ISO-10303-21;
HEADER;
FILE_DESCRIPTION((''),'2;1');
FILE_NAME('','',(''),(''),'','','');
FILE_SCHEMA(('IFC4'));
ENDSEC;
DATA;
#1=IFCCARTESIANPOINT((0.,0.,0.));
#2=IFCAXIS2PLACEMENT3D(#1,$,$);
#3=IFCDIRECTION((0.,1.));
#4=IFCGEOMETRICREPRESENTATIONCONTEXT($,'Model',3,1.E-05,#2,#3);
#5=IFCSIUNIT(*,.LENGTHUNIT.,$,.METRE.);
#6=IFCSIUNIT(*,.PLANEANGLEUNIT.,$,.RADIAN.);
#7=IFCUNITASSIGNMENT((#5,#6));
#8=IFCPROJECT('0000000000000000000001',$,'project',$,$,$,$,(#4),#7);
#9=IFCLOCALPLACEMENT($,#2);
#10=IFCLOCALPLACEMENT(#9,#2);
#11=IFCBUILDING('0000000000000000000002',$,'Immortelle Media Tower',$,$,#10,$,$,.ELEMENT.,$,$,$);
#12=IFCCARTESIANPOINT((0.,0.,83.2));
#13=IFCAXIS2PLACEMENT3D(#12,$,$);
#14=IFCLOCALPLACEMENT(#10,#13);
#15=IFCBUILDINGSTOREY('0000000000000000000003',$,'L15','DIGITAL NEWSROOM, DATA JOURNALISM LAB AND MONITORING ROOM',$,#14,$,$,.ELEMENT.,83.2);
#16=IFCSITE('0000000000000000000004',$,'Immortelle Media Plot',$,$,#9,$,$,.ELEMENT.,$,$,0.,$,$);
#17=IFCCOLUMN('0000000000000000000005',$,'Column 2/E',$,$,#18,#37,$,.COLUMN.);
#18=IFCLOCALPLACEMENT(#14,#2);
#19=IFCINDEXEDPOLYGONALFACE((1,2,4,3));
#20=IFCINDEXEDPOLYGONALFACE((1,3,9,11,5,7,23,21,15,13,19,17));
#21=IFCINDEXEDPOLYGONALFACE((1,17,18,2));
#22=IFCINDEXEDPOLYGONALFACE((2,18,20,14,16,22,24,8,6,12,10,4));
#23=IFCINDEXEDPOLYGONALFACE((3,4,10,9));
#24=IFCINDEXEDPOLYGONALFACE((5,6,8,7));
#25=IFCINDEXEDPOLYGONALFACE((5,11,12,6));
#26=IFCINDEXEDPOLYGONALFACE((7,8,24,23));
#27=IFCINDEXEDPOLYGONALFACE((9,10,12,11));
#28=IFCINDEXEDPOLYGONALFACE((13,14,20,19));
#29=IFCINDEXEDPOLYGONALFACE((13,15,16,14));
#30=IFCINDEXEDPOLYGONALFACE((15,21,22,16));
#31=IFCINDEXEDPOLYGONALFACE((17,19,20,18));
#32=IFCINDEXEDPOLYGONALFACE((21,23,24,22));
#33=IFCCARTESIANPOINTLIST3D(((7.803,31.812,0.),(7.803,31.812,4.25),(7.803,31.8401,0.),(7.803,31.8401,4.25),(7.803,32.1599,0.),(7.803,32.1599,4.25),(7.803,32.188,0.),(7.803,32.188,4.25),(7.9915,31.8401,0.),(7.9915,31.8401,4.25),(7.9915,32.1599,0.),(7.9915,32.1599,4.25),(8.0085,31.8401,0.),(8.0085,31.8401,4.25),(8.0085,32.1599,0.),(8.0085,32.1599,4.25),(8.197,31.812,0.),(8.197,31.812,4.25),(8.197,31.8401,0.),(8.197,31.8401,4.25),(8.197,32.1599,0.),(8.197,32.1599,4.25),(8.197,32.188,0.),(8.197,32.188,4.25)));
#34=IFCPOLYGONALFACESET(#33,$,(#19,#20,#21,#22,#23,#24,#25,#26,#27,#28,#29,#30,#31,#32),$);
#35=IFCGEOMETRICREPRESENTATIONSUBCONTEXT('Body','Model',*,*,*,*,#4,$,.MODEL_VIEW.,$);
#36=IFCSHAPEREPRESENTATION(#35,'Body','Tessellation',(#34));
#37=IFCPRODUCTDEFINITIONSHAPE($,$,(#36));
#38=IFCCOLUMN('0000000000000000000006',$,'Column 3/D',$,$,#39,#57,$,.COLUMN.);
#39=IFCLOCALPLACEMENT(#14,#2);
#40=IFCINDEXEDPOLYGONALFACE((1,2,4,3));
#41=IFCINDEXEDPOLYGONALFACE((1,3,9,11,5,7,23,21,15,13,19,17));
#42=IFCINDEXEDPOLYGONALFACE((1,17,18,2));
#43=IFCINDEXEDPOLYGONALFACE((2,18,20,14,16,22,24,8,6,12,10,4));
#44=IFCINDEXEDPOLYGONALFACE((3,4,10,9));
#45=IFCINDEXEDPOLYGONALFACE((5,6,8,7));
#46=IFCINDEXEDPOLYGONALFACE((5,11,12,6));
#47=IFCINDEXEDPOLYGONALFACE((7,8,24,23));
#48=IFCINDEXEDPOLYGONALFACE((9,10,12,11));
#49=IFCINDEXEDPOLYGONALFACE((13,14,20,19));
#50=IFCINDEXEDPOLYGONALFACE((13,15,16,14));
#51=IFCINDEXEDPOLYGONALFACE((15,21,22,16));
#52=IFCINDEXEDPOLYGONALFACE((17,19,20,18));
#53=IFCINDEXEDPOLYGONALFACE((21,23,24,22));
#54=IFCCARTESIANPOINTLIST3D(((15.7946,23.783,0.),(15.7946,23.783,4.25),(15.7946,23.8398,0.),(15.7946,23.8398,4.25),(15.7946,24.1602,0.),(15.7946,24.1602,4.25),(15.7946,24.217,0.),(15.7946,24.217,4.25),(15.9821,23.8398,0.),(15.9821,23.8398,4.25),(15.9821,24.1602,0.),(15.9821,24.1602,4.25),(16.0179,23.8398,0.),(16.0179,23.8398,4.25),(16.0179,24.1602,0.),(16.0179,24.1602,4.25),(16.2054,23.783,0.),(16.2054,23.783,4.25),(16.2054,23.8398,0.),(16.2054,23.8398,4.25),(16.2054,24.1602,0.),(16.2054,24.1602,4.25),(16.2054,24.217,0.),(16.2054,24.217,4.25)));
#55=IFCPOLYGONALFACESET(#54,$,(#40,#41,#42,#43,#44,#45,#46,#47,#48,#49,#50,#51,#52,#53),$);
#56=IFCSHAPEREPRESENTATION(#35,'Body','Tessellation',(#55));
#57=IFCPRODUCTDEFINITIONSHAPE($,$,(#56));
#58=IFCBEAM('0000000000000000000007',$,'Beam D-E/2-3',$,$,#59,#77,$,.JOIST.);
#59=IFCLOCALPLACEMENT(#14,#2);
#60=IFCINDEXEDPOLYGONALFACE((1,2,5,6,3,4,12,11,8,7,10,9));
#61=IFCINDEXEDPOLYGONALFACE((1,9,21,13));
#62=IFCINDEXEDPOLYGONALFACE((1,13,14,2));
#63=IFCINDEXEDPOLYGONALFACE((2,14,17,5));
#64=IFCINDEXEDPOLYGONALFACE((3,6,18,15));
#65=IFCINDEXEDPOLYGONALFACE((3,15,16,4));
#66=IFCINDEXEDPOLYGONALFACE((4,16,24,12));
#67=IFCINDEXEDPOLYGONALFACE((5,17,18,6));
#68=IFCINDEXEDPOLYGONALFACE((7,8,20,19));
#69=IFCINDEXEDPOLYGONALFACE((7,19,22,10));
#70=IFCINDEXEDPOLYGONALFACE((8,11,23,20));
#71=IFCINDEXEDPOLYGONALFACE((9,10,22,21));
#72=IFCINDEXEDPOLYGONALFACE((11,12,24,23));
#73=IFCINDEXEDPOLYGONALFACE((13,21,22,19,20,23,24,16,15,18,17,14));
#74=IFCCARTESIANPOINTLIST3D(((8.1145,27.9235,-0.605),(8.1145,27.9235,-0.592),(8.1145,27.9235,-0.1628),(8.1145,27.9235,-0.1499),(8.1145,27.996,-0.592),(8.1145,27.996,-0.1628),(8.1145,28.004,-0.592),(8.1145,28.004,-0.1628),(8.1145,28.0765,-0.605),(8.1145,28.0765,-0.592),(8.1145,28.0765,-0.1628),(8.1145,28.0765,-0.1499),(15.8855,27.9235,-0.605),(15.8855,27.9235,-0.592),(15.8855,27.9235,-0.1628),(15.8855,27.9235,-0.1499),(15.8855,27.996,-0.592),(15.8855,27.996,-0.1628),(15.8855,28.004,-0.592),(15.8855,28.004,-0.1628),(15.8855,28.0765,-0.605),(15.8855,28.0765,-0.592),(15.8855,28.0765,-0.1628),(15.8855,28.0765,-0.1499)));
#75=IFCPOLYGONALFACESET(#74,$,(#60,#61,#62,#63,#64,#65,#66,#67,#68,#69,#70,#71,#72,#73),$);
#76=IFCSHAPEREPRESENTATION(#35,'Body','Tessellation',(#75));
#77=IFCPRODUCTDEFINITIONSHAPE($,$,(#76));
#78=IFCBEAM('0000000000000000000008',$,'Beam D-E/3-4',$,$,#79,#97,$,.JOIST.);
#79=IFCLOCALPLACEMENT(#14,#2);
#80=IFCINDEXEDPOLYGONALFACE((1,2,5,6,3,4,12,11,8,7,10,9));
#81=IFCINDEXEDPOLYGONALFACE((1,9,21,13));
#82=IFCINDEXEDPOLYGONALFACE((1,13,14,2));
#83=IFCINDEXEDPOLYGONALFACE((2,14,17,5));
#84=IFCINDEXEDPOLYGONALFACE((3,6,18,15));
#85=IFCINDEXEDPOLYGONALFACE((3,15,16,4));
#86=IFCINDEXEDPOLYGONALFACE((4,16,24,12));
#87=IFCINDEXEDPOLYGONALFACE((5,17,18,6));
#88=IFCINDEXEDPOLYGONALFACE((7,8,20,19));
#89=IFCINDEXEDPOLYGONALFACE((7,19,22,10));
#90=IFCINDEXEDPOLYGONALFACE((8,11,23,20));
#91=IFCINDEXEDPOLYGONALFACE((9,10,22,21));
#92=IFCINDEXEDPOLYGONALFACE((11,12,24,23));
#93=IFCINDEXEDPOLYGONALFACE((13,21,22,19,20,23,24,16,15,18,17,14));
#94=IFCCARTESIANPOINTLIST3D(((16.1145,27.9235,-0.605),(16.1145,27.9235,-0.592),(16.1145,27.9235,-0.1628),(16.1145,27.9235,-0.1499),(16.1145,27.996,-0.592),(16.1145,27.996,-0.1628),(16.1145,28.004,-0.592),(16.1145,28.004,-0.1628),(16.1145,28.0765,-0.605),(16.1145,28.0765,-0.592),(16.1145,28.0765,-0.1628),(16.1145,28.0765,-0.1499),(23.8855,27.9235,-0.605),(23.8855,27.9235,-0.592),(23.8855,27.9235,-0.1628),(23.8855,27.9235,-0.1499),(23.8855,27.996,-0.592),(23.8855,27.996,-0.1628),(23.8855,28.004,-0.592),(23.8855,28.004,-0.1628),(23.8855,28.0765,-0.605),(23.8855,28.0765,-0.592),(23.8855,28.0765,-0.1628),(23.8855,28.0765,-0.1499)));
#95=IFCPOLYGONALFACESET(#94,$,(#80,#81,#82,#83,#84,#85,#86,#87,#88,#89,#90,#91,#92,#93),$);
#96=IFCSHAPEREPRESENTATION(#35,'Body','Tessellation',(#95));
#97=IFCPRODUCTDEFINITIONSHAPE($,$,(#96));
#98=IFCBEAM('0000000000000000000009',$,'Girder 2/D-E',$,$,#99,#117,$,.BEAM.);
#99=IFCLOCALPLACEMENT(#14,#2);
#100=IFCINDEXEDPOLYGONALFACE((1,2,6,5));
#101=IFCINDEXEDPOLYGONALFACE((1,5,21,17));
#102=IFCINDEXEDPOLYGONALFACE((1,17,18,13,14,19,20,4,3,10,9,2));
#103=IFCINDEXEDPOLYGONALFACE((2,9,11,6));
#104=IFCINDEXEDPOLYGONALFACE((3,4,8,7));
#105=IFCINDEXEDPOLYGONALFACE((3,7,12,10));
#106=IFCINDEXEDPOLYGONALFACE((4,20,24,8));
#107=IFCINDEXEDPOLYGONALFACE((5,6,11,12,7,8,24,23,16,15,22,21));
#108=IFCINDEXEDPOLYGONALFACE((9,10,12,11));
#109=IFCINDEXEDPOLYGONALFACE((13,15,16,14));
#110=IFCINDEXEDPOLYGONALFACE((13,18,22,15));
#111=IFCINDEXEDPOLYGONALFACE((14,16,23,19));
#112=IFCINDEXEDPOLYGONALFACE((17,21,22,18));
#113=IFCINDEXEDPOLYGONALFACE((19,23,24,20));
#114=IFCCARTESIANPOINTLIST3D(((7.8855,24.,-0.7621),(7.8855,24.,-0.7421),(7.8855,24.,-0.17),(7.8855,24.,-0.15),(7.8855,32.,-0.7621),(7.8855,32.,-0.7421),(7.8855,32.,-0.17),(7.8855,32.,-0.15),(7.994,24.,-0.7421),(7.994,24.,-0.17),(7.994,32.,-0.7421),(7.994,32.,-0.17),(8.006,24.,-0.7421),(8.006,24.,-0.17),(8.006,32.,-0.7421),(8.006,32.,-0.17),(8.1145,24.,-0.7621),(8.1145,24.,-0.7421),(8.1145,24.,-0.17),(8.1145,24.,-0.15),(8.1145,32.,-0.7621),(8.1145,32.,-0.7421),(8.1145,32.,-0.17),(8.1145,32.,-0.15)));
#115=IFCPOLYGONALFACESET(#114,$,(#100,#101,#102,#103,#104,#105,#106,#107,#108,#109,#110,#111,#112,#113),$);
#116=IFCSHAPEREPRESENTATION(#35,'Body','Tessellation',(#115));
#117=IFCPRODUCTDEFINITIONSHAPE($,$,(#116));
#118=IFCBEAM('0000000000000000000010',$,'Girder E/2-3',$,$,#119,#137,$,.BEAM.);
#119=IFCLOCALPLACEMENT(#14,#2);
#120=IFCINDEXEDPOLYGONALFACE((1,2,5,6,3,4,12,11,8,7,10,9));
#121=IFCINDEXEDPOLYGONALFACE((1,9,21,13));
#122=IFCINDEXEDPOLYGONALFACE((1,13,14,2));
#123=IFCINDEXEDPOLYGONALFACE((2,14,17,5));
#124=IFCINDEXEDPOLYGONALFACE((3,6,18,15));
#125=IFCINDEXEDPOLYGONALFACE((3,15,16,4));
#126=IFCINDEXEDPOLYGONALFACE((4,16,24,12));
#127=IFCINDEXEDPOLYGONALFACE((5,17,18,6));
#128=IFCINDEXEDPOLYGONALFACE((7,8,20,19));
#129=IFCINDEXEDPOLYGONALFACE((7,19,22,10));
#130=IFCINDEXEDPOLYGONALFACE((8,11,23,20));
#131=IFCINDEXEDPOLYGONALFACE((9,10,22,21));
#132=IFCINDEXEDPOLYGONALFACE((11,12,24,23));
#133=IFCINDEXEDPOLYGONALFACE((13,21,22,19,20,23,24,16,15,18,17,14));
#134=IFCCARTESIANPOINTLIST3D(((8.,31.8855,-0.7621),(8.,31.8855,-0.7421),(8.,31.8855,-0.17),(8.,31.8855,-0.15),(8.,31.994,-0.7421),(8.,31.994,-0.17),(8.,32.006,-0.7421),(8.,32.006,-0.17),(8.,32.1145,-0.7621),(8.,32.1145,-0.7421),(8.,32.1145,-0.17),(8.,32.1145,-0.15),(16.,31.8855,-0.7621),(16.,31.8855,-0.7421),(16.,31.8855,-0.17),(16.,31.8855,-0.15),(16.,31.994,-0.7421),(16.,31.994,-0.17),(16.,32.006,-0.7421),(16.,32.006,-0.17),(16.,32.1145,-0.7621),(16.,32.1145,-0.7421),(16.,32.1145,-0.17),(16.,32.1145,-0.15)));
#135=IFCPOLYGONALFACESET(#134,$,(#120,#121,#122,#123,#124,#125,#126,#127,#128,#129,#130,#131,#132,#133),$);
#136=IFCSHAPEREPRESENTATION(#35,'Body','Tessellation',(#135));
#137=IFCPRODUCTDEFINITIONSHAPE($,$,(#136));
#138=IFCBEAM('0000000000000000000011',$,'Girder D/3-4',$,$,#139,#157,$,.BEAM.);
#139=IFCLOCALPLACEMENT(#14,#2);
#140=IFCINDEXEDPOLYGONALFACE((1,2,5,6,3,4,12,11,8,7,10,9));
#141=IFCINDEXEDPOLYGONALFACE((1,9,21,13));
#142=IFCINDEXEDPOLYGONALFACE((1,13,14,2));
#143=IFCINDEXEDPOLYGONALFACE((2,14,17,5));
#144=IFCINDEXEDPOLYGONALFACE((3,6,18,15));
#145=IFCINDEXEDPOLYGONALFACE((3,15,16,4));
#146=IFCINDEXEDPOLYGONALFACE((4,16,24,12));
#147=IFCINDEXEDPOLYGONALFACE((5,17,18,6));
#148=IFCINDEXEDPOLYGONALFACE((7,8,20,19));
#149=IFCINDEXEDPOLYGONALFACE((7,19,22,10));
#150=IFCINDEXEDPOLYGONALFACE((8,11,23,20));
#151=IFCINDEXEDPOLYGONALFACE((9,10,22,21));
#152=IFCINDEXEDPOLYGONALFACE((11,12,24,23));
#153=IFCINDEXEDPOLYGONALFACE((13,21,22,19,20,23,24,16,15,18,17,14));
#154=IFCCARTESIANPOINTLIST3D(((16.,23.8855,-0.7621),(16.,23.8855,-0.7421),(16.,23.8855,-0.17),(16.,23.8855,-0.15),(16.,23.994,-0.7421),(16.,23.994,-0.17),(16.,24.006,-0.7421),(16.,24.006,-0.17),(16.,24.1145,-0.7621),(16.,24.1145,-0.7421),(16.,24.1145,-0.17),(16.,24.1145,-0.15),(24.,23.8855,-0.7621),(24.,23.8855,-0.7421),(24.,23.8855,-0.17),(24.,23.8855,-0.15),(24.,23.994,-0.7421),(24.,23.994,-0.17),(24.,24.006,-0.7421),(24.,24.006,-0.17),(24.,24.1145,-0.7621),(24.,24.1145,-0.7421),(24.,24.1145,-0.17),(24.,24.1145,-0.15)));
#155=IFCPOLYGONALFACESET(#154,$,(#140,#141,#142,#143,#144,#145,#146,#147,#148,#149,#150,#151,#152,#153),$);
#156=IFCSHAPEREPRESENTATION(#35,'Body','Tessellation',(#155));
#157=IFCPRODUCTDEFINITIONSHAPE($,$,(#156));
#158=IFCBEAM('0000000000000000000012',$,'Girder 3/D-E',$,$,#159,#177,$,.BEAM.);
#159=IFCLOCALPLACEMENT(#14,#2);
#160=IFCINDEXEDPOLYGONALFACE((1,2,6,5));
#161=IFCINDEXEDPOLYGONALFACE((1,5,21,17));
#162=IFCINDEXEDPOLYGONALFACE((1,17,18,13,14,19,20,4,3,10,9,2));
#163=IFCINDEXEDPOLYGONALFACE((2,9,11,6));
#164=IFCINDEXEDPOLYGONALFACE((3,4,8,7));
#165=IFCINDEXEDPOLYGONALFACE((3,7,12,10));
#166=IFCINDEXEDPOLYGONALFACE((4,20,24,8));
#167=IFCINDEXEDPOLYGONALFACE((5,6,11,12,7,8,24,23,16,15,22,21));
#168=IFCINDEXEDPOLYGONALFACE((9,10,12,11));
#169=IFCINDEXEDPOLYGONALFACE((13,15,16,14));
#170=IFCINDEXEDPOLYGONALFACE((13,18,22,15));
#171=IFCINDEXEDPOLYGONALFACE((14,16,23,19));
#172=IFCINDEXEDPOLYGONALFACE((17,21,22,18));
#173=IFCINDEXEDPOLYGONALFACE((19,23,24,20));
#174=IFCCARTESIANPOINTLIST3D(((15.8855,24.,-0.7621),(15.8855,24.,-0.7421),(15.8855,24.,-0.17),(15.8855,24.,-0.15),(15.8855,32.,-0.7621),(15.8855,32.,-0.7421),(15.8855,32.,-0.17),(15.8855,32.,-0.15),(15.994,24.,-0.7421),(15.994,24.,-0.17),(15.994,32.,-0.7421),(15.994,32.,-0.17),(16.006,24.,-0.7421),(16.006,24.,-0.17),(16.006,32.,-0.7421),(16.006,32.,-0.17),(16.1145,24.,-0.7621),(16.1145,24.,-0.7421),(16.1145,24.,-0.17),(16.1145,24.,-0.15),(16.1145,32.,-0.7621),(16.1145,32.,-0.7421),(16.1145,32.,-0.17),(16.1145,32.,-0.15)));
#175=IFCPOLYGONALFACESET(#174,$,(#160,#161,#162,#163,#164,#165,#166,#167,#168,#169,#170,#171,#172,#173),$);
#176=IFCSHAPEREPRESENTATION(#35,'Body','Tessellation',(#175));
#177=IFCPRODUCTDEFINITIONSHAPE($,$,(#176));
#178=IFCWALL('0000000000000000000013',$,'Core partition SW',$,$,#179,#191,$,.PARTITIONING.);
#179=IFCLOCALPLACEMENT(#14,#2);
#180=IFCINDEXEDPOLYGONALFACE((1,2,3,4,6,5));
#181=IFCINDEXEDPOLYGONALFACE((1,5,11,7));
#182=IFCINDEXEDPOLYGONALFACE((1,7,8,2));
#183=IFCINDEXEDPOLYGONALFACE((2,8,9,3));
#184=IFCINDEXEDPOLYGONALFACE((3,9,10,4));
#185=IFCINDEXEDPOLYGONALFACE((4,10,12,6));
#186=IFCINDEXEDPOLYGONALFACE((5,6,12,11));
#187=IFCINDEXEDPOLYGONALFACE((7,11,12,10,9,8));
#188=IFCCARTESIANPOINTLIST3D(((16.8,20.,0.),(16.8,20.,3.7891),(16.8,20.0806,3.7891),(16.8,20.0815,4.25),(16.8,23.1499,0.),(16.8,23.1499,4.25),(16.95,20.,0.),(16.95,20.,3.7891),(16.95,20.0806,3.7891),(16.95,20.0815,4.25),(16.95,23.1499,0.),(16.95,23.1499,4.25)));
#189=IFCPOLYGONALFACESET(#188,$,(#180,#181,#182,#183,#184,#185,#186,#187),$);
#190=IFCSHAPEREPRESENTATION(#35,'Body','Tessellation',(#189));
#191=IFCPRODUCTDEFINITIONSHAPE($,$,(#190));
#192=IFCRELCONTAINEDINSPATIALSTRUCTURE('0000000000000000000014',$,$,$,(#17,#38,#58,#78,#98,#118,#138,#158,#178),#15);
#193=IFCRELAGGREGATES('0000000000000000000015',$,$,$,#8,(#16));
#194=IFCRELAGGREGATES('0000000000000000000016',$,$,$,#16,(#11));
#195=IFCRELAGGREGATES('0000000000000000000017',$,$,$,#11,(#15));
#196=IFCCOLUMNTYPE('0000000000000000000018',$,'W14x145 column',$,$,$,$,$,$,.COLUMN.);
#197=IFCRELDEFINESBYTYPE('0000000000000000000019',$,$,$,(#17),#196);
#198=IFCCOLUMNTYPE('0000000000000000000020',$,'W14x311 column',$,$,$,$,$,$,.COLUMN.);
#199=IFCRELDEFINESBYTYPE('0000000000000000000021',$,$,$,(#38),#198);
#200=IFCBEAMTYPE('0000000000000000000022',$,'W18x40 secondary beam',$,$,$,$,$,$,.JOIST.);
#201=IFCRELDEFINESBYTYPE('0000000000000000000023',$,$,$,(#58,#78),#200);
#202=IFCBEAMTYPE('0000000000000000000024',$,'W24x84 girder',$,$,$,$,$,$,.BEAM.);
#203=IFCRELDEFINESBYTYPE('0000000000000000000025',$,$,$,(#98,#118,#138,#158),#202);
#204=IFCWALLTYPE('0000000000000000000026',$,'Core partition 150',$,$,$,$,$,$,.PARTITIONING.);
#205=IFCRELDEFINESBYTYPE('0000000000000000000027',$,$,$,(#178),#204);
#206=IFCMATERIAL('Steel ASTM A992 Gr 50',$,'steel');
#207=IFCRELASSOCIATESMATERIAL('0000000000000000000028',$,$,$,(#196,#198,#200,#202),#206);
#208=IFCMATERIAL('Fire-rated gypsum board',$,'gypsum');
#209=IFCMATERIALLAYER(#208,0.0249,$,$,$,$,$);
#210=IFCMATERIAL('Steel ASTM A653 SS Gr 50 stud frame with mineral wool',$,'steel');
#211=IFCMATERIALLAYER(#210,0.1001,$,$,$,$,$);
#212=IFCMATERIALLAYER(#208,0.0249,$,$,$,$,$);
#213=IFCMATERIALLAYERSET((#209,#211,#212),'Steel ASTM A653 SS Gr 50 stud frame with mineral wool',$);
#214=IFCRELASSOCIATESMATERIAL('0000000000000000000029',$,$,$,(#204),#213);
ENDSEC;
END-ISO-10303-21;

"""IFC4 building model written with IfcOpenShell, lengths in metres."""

from ifc_helpers import new_model, si_unit, direction, frame, origin, origin_2d, place, context, subcontext, project, spatial, polyline, i_section, outline, extrude, material, layer, layer_set, material_profile, profile_set, type_object, element, save


model = new_model("IFC4")

# Units and contexts
model_context = context("Model", 3, precision=1e-05, world=origin(), true_north=direction((0.0, 1.0)))
body_context = subcontext(model_context, "Body", "Model", "MODEL_VIEW")
ifc_project = project(units=[si_unit("LENGTHUNIT", "METRE"), si_unit("PLANEANGLEUNIT", "RADIAN")], contexts=[model_context])

# Site, building, storey
site_placement = place(None, origin())
site = spatial("IfcSite", under=ifc_project, at=site_placement, Name="Immortelle Media Plot", CompositionType="ELEMENT", RefElevation=0.0)
building_placement = place(site_placement, origin())
building = spatial("IfcBuilding", under=site, at=building_placement, Name="Immortelle Media Tower", CompositionType="ELEMENT")
storey_placement = place(building_placement, frame((0.0, 0.0, 83.2)))
storey = spatial("IfcBuildingStorey", under=building, at=storey_placement, Name="L15", Description="DIGITAL NEWSROOM, DATA JOURNALISM LAB AND MONITORING ROOM", CompositionType="ELEMENT", Elevation=83.2)

# Columns
ifc_material_1 = material(Name="Steel ASTM A992 Gr 50", Category="steel")
ifc_material_profile_1 = material_profile(ifc_material_1, i_section(OverallWidth=0.394, OverallDepth=0.376, WebThickness=0.0171, FlangeThickness=0.0281, at=origin_2d()), Name="W14x145")
ifc_profile_set_1 = profile_set([ifc_material_profile_1], Name="Steel ASTM A992 Gr 50")
column_type_1 = type_object("IfcColumnType", Name="W14x145 column", PredefinedType="COLUMN", material=ifc_profile_set_1)
column_1_placement = place(storey_placement, frame((8.0, 32.0, 0.0), z_axis=(0.0, 0.0, 1.0), x_axis=(1.0, 0.0, 0.0)))
element("IfcColumn", 1, at=column_1_placement, inside=storey, type_object=column_type_1, Name="Column 2/E", PredefinedType="COLUMN", context=body_context, shape_type="SweptSolid", body=[
    extrude(i_section(OverallWidth=0.394, OverallDepth=0.376, WebThickness=0.0171, FlangeThickness=0.0281, at=origin_2d()), origin(), (0.0, 0.0, 1.0), 4.25),
])
ifc_material_profile_2 = material_profile(ifc_material_1, i_section(OverallWidth=0.4109, OverallDepth=0.4341, WebThickness=0.0359, FlangeThickness=0.0569, at=origin_2d()), Name="W14x311")
ifc_profile_set_2 = profile_set([ifc_material_profile_2], Name="Steel ASTM A992 Gr 50")
column_type_2 = type_object("IfcColumnType", Name="W14x311 column", PredefinedType="COLUMN", material=ifc_profile_set_2)
column_2_placement = place(storey_placement, frame((16.0, 24.0, 0.0), z_axis=(0.0, 0.0, 1.0), x_axis=(1.0, 0.0, 0.0)))
element("IfcColumn", 2, at=column_2_placement, inside=storey, type_object=column_type_2, Name="Column 3/D", PredefinedType="COLUMN", context=body_context, shape_type="SweptSolid", body=[
    extrude(i_section(OverallWidth=0.4109, OverallDepth=0.4341, WebThickness=0.0359, FlangeThickness=0.0569, at=origin_2d()), origin(), (0.0, 0.0, 1.0), 4.25),
])

# Beams
ifc_material_profile_3 = material_profile(ifc_material_1, i_section(OverallWidth=0.1531, OverallDepth=0.4551, WebThickness=0.0081, FlangeThickness=0.0129, at=origin_2d()), Name="W18x40")
ifc_profile_set_3 = profile_set([ifc_material_profile_3], Name="Steel ASTM A992 Gr 50")
beam_type_1 = type_object("IfcBeamType", Name="W18x40 secondary beam", PredefinedType="JOIST", material=ifc_profile_set_3)
for number, where, z_axis, x_axis, name in (
    (3, (8.1145, 28.0, -0.3774), (1.0, 0.0, 0.0), (0.0, 1.0, 0.0), "Beam D-E/2-3"),
    (4, (16.1145, 28.0, -0.3774), (1.0, 0.0, 0.0), (0.0, 1.0, 0.0), "Beam D-E/3-4"),
):
    element("IfcBeam", number, at=place(storey_placement, frame(where, z_axis=z_axis, x_axis=x_axis)), inside=storey, type_object=beam_type_1, Name=name, PredefinedType="JOIST", context=body_context, shape_type="SweptSolid", body=[
        extrude(i_section(OverallWidth=0.1531, OverallDepth=0.4551, WebThickness=0.0081, FlangeThickness=0.0129, at=origin_2d()), origin(), (0.0, 0.0, 1.0), 7.771),
    ])
ifc_material_profile_4 = material_profile(ifc_material_1, i_section(OverallWidth=0.229, OverallDepth=0.6121, WebThickness=0.012, FlangeThickness=0.02, at=origin_2d()), Name="W24x84")
ifc_profile_set_4 = profile_set([ifc_material_profile_4], Name="Steel ASTM A992 Gr 50")
beam_type_2 = type_object("IfcBeamType", Name="W24x84 girder", PredefinedType="BEAM", material=ifc_profile_set_4)
for number, where, z_axis, x_axis, name in (
    (5, (8.0, 24.0, -0.4561), (0.0, 1.0, 0.0), (-1.0, 0.0, 0.0), "Girder 2/D-E"),
    (6, (8.0, 32.0, -0.4561), (1.0, 0.0, 0.0), (0.0, 1.0, 0.0), "Girder E/2-3"),
    (7, (16.0, 24.0, -0.4561), (1.0, 0.0, 0.0), (0.0, 1.0, 0.0), "Girder D/3-4"),
    (8, (16.0, 24.0, -0.4561), (0.0, 1.0, 0.0), (-1.0, 0.0, 0.0), "Girder 3/D-E"),
):
    element("IfcBeam", number, at=place(storey_placement, frame(where, z_axis=z_axis, x_axis=x_axis)), inside=storey, type_object=beam_type_2, Name=name, PredefinedType="BEAM", context=body_context, shape_type="SweptSolid", body=[
        extrude(i_section(OverallWidth=0.229, OverallDepth=0.6121, WebThickness=0.012, FlangeThickness=0.02, at=origin_2d()), origin(), (0.0, 0.0, 1.0), 8.0),
    ])

# Wall
ifc_material_2 = material(Name="Fire-rated gypsum board", Category="gypsum")
ifc_layer_1 = layer(ifc_material_2, 0.0249)
ifc_material_3 = material(Name="Steel ASTM A653 SS Gr 50 stud frame with mineral wool", Category="steel")
ifc_layer_2 = layer(ifc_material_3, 0.1001)
ifc_layer_3 = layer(ifc_material_2, 0.0249)
ifc_layer_set_1 = layer_set([ifc_layer_1, ifc_layer_2, ifc_layer_3], Name="Steel ASTM A653 SS Gr 50 stud frame with mineral wool")
wall_type_1 = type_object("IfcWallType", Name="Core partition 150", PredefinedType="PARTITIONING", material=ifc_layer_set_1)
for number, where, z_axis, x_axis, name in (
    (9, (16.875, 20.0, 0.0), (0.0, 0.0, 1.0), (0.0, 1.0, 0.0), "Core partition SW"),
):
    element("IfcWall", number, at=place(storey_placement, frame(where, z_axis=z_axis, x_axis=x_axis)), inside=storey, type_object=wall_type_1, Name=name, PredefinedType="PARTITIONING", context=body_context, shape_type="SweptSolid", body=[
        extrude(outline(polyline([(0.0, 0.0), (3.1499, 0.0), (3.1499, 4.25), (0.0815, 4.25), (0.0806, 3.7891), (0.0, 3.7891), (0.0, 0.0)])), frame((0.0, 0.075, 0.0), z_axis=(0.0, -1.0, 0.0), x_axis=(1.0, 0.0, 0.0)), (0.0, 0.0, 1.0), 0.1499),
    ])

save(model, "model.ifc")
